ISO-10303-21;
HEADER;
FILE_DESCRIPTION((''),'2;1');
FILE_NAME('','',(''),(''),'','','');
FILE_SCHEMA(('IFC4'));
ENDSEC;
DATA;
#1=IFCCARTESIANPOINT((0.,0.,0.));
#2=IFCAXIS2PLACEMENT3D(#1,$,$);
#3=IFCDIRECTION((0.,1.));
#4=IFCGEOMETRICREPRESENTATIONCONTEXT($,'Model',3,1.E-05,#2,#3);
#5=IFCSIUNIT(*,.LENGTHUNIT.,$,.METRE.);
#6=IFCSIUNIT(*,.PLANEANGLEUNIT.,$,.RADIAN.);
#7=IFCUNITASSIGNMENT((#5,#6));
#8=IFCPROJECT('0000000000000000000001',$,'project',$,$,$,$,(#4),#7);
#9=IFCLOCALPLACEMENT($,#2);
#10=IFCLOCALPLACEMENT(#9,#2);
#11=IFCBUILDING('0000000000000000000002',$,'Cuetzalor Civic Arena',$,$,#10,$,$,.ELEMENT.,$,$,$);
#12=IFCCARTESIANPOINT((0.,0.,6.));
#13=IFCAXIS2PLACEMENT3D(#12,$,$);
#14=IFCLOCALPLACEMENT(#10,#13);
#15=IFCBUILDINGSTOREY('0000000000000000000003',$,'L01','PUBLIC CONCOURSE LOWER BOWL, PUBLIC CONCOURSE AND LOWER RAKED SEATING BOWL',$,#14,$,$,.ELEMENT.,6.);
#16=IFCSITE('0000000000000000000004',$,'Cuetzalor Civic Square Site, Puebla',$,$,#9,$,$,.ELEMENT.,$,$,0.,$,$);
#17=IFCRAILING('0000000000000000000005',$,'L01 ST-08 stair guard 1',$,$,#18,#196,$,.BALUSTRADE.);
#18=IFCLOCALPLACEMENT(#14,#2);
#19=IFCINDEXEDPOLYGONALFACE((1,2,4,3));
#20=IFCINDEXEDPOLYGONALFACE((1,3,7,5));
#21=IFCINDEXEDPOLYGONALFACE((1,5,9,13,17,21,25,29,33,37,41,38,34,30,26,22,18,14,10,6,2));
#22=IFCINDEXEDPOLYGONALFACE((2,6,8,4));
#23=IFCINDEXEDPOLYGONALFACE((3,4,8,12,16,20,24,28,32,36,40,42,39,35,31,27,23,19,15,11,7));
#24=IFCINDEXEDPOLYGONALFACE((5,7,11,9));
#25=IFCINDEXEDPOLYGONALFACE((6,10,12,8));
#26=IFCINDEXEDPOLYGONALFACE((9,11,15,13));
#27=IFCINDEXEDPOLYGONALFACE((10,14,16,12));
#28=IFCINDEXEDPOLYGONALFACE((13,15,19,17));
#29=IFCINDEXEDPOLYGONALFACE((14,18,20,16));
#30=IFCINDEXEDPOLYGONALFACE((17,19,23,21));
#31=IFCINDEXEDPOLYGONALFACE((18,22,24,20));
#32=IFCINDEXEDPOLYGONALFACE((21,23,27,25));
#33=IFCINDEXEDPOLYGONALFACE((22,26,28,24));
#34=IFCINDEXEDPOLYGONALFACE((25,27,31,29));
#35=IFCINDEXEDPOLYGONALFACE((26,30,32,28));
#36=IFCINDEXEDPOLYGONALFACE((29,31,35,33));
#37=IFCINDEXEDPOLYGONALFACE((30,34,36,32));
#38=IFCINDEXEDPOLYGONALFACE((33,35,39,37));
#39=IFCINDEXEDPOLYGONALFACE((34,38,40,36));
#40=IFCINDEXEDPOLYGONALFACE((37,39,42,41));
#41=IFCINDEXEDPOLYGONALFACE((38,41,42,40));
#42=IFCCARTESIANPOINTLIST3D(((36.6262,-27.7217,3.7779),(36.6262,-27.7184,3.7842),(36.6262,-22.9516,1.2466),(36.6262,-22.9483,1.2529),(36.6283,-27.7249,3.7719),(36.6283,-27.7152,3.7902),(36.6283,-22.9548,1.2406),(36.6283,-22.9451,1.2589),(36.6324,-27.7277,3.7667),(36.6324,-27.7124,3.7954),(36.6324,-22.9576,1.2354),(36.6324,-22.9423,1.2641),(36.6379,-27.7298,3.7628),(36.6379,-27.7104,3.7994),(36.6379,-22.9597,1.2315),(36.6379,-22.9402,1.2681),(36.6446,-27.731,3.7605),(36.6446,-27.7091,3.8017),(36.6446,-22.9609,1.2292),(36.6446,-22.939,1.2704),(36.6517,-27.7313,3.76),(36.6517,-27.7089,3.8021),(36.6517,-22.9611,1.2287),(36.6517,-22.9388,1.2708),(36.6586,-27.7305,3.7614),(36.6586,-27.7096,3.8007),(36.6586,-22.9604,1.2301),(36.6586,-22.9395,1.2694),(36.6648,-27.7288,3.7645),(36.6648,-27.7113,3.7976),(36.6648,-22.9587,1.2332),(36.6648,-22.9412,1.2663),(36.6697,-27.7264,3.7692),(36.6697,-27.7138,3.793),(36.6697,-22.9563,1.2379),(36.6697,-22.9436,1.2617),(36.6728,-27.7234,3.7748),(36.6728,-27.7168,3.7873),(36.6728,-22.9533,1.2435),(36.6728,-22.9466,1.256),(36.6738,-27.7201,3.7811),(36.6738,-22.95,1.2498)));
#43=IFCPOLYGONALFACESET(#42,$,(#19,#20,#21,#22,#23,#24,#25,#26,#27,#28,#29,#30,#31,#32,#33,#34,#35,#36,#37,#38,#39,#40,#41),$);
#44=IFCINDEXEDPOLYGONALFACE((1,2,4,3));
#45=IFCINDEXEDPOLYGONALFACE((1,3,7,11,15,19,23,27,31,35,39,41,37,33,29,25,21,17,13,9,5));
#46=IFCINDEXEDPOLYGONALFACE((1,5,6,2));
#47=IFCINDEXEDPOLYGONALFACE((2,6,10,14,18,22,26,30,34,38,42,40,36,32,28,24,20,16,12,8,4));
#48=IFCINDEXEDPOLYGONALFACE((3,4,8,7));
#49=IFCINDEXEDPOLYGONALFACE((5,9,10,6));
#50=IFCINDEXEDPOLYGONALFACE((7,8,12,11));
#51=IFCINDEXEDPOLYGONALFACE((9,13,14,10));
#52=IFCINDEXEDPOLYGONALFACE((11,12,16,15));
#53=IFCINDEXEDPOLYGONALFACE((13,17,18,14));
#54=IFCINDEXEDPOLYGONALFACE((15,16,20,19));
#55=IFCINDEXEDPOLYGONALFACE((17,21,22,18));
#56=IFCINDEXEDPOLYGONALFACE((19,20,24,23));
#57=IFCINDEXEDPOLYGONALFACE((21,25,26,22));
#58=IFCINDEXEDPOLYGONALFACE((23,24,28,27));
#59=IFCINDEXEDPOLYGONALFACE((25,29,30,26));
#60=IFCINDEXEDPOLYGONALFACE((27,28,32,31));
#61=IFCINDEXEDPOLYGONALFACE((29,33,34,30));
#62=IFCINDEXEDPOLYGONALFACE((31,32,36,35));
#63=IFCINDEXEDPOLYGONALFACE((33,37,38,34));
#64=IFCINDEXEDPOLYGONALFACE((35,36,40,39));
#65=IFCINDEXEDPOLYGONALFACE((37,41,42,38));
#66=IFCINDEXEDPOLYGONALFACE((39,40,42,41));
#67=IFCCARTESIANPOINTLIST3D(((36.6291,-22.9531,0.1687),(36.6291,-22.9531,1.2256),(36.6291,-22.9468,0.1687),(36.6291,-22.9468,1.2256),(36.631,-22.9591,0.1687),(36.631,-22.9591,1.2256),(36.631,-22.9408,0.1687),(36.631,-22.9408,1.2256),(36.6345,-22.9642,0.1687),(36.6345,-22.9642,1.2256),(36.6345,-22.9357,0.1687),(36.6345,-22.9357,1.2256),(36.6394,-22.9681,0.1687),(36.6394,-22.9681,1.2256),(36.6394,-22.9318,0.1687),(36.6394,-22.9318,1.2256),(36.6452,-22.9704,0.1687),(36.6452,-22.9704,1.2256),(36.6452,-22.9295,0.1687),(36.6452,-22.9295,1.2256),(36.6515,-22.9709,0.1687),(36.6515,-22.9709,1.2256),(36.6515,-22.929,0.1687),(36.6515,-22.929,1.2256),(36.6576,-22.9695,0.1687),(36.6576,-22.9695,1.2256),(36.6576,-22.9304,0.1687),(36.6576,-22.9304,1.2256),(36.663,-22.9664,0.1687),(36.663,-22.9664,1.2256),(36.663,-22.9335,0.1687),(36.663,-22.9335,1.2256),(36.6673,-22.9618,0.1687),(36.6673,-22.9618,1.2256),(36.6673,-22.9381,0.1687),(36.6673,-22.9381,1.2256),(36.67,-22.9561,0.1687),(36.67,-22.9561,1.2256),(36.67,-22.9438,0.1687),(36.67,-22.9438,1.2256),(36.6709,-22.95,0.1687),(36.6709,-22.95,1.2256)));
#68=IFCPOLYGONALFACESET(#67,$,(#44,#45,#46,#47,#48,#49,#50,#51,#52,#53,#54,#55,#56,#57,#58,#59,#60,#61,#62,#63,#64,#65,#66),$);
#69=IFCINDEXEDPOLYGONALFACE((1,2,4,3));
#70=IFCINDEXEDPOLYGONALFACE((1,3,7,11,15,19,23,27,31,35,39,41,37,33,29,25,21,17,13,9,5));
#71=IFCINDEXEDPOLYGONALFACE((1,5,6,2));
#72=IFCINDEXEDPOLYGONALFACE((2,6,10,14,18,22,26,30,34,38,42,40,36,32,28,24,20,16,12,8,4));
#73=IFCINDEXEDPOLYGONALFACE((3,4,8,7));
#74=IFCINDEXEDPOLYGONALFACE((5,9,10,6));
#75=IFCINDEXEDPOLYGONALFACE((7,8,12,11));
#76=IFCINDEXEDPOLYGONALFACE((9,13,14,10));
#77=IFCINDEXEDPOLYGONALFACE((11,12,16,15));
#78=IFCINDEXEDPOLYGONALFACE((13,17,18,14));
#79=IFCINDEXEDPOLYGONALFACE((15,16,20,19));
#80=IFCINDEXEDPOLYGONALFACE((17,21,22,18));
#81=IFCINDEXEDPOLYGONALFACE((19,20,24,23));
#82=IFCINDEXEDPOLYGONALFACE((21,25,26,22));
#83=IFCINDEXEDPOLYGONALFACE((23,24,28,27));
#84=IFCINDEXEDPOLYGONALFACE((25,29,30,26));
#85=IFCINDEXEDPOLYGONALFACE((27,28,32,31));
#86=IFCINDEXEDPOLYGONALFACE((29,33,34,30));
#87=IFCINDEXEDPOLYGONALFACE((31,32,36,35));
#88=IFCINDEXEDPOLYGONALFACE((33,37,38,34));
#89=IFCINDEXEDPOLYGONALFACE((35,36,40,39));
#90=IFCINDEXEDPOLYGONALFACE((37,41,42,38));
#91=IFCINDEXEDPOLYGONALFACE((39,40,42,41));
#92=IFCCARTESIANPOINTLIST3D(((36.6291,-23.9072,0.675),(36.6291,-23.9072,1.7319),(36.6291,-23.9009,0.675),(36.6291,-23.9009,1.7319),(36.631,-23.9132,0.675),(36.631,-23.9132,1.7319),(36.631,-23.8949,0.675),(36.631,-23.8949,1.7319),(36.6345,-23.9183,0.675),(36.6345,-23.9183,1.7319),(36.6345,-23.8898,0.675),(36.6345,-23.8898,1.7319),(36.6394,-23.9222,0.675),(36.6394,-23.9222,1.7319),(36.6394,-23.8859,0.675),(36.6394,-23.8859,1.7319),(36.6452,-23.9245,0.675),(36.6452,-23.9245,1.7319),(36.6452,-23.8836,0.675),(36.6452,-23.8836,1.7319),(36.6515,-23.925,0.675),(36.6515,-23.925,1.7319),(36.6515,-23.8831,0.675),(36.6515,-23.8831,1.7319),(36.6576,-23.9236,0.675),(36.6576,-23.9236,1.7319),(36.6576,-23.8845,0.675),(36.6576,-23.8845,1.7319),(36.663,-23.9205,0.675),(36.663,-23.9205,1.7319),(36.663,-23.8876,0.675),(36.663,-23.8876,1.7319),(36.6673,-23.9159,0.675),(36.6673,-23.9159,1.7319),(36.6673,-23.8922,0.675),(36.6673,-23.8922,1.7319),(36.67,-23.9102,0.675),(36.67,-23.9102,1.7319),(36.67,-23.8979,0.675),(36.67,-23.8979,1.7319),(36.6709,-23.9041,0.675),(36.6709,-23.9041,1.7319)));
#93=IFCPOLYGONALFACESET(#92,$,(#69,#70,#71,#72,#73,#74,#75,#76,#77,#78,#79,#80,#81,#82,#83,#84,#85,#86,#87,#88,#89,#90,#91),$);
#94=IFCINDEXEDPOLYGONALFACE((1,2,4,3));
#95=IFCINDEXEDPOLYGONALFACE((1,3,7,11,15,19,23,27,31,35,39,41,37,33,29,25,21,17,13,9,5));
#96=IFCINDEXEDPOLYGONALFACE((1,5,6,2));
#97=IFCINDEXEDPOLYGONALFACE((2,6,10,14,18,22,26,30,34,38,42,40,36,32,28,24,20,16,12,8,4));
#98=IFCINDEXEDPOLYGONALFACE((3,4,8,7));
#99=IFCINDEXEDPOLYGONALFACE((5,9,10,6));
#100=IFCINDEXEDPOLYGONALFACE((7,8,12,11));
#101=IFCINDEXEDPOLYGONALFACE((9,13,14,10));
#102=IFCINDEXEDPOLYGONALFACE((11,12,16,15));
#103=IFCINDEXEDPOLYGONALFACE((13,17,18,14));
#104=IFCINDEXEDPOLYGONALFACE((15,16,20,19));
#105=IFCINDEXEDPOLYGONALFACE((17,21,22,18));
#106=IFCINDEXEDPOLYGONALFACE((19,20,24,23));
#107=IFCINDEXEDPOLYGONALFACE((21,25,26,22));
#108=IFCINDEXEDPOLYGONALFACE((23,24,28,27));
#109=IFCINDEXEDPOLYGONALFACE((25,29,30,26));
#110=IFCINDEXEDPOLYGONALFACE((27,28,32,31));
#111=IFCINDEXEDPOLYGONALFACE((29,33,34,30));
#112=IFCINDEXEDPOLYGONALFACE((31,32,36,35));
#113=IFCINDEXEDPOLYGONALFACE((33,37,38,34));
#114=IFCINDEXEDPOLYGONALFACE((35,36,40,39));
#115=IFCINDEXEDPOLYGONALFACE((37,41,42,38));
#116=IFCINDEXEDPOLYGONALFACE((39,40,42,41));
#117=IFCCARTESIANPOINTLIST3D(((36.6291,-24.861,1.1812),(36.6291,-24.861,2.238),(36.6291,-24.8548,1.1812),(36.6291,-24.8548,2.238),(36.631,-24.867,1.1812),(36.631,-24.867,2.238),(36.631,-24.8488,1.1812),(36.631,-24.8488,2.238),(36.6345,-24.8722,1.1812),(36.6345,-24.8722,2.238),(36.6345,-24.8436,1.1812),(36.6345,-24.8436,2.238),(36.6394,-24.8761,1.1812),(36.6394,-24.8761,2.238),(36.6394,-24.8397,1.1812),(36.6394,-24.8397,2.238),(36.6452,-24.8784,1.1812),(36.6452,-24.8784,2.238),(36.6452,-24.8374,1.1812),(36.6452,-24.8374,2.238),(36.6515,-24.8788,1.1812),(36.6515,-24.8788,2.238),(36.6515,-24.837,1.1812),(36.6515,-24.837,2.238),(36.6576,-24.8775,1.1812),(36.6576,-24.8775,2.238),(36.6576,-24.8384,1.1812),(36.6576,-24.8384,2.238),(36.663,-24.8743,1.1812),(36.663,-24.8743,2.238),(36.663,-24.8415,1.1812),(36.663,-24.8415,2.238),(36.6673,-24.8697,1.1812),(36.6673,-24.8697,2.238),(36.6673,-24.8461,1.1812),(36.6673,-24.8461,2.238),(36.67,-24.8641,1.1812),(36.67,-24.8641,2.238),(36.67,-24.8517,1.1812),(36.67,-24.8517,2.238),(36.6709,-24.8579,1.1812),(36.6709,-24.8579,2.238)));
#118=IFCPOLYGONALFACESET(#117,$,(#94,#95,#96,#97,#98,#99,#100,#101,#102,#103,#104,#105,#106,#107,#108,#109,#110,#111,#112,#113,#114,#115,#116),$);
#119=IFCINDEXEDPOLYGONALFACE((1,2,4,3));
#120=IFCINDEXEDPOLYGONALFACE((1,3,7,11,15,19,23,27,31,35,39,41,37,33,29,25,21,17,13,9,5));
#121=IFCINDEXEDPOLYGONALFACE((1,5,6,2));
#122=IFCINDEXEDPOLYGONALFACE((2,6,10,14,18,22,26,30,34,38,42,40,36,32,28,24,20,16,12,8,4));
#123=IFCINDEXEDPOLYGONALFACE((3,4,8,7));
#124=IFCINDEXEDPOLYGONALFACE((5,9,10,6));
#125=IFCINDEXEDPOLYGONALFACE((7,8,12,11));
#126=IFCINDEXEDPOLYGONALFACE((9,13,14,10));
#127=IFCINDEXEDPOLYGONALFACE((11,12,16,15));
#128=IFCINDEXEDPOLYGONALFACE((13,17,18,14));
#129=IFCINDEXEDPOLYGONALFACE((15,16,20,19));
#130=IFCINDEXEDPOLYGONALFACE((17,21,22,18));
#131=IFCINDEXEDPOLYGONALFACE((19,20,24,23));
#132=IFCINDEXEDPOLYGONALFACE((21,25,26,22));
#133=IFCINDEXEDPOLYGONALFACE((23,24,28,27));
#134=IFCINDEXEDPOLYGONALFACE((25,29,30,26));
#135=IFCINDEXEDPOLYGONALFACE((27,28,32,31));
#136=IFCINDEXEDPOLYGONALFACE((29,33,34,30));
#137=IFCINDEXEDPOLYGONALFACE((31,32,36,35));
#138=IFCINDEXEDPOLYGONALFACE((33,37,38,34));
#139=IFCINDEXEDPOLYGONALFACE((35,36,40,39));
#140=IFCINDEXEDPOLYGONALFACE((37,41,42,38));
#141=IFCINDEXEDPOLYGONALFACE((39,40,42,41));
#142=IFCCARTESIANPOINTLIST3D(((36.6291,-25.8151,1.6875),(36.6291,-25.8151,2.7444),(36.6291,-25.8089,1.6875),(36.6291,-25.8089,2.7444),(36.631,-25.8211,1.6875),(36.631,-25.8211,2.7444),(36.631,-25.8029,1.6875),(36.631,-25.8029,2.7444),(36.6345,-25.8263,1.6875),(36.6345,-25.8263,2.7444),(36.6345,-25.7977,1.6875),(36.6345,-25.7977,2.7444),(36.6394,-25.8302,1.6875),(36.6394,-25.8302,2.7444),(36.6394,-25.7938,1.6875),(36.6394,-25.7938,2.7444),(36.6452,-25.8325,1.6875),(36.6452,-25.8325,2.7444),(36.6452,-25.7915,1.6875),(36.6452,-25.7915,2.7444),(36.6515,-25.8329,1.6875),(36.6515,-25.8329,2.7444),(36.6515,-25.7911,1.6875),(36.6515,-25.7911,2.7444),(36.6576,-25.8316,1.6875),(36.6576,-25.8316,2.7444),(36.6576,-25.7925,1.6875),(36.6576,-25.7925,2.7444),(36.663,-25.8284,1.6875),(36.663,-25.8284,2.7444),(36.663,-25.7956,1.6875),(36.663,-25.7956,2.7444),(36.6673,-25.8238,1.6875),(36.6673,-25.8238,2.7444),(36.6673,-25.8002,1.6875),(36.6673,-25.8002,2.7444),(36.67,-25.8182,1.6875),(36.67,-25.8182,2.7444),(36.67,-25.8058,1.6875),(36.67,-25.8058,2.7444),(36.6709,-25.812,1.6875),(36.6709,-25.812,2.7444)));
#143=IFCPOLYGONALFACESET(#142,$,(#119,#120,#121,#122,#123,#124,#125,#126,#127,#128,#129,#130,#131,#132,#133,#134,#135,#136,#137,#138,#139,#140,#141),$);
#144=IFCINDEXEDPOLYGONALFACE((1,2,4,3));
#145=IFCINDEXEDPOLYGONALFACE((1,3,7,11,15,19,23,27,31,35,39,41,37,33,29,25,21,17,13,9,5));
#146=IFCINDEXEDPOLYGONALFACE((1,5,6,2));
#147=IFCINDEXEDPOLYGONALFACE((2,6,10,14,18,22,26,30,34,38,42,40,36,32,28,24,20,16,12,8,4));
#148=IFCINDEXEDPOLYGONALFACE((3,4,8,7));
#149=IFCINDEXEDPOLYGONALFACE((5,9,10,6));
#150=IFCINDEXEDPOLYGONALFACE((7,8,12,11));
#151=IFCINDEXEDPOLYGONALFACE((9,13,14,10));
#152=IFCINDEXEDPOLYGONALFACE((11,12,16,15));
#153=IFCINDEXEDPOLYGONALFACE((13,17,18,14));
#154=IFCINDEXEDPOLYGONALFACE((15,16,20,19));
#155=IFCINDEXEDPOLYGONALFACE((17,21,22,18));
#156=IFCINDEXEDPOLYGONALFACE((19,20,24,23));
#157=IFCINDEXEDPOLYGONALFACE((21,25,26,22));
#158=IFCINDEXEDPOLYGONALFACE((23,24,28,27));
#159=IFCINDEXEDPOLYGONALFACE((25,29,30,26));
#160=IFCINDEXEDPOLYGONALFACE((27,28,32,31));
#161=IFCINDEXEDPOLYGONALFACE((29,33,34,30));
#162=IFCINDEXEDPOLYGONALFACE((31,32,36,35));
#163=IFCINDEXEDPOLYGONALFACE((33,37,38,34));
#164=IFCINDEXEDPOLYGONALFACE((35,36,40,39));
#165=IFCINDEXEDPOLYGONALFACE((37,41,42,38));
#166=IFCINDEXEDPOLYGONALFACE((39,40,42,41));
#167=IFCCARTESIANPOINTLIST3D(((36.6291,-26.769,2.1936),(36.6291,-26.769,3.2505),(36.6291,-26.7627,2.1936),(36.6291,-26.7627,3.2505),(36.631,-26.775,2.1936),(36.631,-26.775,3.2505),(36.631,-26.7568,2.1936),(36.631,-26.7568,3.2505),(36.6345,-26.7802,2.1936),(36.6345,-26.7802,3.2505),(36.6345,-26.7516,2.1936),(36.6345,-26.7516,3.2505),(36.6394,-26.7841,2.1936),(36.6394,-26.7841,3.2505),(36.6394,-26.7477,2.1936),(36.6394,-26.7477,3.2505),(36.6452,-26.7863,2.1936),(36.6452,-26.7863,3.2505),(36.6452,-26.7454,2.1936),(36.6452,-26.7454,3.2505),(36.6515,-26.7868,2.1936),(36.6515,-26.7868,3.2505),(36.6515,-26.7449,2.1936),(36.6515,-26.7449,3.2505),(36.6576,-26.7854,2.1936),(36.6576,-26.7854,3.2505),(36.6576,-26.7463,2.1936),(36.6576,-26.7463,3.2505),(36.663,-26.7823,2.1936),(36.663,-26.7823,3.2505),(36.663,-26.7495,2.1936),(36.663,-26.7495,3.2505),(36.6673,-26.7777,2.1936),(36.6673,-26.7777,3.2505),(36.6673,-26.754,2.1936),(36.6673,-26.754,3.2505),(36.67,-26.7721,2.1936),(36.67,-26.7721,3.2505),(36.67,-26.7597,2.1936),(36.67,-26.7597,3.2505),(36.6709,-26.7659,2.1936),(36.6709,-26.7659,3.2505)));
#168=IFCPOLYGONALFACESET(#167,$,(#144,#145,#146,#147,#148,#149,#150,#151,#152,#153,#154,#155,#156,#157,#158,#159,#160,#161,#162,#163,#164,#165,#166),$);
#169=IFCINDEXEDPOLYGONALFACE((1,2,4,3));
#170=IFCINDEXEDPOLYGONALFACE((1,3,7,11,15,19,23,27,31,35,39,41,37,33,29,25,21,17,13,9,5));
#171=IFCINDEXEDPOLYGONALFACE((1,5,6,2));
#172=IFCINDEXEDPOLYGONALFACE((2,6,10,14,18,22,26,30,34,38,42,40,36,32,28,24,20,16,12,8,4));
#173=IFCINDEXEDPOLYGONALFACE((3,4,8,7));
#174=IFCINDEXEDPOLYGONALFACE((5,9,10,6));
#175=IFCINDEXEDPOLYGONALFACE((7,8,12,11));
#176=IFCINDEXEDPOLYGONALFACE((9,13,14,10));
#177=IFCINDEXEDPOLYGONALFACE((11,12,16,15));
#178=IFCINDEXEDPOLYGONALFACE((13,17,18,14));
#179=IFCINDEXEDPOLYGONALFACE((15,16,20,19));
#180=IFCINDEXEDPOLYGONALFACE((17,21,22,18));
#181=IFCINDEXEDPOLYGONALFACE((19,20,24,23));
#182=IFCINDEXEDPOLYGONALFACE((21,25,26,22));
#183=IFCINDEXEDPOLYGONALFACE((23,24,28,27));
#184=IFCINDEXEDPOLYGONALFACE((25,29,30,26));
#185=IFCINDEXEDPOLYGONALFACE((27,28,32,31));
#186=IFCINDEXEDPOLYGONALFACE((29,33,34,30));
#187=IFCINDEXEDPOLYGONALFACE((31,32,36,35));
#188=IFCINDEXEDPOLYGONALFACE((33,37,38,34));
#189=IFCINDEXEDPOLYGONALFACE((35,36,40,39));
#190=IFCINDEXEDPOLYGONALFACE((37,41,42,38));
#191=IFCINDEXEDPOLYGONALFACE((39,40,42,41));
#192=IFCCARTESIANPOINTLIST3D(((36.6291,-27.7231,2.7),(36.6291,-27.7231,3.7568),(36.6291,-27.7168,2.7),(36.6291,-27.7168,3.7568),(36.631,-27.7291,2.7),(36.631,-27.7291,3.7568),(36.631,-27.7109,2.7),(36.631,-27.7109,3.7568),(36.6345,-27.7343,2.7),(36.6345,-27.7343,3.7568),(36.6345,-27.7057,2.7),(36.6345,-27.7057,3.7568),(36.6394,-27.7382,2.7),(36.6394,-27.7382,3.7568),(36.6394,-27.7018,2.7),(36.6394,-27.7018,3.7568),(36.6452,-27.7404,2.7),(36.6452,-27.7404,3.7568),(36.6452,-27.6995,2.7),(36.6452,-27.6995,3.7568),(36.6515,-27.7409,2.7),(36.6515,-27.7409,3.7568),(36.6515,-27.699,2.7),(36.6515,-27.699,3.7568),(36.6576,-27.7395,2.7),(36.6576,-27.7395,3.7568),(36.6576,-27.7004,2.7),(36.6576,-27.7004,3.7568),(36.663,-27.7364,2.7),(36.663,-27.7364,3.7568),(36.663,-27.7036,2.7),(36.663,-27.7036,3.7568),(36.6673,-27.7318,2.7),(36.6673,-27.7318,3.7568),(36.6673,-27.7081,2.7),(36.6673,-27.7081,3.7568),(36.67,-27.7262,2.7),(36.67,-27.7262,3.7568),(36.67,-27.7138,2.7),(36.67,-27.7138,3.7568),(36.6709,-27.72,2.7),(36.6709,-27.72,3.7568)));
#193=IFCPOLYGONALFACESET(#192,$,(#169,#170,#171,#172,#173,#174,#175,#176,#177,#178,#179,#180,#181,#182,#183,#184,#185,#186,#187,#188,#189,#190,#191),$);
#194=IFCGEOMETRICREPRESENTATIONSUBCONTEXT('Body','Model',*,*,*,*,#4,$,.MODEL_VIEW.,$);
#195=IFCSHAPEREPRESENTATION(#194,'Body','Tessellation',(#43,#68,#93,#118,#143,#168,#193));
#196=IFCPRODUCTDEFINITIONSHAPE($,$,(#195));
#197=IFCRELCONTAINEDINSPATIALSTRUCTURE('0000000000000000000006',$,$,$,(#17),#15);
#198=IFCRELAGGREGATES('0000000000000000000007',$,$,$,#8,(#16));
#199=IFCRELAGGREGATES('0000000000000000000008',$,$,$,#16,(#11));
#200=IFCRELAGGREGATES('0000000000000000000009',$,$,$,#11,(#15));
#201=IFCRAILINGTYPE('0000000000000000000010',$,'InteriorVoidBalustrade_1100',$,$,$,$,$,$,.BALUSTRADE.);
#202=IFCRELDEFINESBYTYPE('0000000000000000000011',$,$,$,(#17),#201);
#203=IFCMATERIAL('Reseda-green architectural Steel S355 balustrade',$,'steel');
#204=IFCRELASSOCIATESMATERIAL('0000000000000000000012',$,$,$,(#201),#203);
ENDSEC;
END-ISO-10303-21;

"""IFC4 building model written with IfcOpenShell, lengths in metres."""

from ifc_helpers import new_model, si_unit, direction, frame, origin, origin_2d, place, context, subcontext, project, spatial, circle, extrude, material, type_object, element, save


model = new_model("IFC4")

# Units and contexts
model_context = context("Model", 3, precision=1e-05, world=origin(), true_north=direction((0.0, 1.0)))
body_context = subcontext(model_context, "Body", "Model", "MODEL_VIEW")
ifc_project = project(units=[si_unit("LENGTHUNIT", "METRE"), si_unit("PLANEANGLEUNIT", "RADIAN")], contexts=[model_context])

# Site, building, storey
site_placement = place(None, origin())
site = spatial("IfcSite", under=ifc_project, at=site_placement, Name="Cuetzalor Civic Square Site, Puebla", CompositionType="ELEMENT", RefElevation=0.0)
building_placement = place(site_placement, origin())
building = spatial("IfcBuilding", under=site, at=building_placement, Name="Cuetzalor Civic Arena", CompositionType="ELEMENT")
storey_placement = place(building_placement, frame((0.0, 0.0, 6.0)))
storey = spatial("IfcBuildingStorey", under=building, at=storey_placement, Name="L01", Description="PUBLIC CONCOURSE LOWER BOWL, PUBLIC CONCOURSE AND LOWER RAKED SEATING BOWL", CompositionType="ELEMENT", Elevation=6.0)

# Railing
ifc_material_1 = material(Name="Reseda-green architectural Steel S355 balustrade", Category="steel")
railing_type_1 = type_object("IfcRailingType", Name="InteriorVoidBalustrade_1100", PredefinedType="BALUSTRADE", material=ifc_material_1)
railing_1_placement = place(storey_placement, frame((36.6499, -22.95, 0.1687)))
element("IfcRailing", 1, at=railing_1_placement, inside=storey, type_object=railing_type_1, Name="L01 ST-08 stair guard 1", PredefinedType="BALUSTRADE", context=body_context, shape_type="SweptSolid", body=[
    extrude(circle(Radius=0.0239, at=origin_2d()), frame((0.0, 0.0, 1.0811), z_axis=(0.0, -0.883332, 0.468747), x_axis=(1.0, 0.0, 0.0)), (0.0, 0.0, 1.0), 5.4001),
    extrude(circle(Radius=0.021, at=origin_2d()), origin(), (0.0, 0.0, 1.0), 1.0569),
    extrude(circle(Radius=0.021, at=origin_2d()), frame((0.0, -0.9541, 0.5063)), (0.0, 0.0, 1.0), 1.0569),
    extrude(circle(Radius=0.021, at=origin_2d()), frame((0.0, -1.908, 1.0125)), (0.0, 0.0, 1.0), 1.0569),
    extrude(circle(Radius=0.021, at=origin_2d()), frame((0.0, -2.8621, 1.5188)), (0.0, 0.0, 1.0), 1.0569),
    extrude(circle(Radius=0.021, at=origin_2d()), frame((0.0, -3.8159, 2.0249)), (0.0, 0.0, 1.0), 1.0569),
    extrude(circle(Radius=0.021, at=origin_2d()), frame((0.0, -4.77, 2.5312)), (0.0, 0.0, 1.0), 1.0569),
])

save(model, "model.ifc")
